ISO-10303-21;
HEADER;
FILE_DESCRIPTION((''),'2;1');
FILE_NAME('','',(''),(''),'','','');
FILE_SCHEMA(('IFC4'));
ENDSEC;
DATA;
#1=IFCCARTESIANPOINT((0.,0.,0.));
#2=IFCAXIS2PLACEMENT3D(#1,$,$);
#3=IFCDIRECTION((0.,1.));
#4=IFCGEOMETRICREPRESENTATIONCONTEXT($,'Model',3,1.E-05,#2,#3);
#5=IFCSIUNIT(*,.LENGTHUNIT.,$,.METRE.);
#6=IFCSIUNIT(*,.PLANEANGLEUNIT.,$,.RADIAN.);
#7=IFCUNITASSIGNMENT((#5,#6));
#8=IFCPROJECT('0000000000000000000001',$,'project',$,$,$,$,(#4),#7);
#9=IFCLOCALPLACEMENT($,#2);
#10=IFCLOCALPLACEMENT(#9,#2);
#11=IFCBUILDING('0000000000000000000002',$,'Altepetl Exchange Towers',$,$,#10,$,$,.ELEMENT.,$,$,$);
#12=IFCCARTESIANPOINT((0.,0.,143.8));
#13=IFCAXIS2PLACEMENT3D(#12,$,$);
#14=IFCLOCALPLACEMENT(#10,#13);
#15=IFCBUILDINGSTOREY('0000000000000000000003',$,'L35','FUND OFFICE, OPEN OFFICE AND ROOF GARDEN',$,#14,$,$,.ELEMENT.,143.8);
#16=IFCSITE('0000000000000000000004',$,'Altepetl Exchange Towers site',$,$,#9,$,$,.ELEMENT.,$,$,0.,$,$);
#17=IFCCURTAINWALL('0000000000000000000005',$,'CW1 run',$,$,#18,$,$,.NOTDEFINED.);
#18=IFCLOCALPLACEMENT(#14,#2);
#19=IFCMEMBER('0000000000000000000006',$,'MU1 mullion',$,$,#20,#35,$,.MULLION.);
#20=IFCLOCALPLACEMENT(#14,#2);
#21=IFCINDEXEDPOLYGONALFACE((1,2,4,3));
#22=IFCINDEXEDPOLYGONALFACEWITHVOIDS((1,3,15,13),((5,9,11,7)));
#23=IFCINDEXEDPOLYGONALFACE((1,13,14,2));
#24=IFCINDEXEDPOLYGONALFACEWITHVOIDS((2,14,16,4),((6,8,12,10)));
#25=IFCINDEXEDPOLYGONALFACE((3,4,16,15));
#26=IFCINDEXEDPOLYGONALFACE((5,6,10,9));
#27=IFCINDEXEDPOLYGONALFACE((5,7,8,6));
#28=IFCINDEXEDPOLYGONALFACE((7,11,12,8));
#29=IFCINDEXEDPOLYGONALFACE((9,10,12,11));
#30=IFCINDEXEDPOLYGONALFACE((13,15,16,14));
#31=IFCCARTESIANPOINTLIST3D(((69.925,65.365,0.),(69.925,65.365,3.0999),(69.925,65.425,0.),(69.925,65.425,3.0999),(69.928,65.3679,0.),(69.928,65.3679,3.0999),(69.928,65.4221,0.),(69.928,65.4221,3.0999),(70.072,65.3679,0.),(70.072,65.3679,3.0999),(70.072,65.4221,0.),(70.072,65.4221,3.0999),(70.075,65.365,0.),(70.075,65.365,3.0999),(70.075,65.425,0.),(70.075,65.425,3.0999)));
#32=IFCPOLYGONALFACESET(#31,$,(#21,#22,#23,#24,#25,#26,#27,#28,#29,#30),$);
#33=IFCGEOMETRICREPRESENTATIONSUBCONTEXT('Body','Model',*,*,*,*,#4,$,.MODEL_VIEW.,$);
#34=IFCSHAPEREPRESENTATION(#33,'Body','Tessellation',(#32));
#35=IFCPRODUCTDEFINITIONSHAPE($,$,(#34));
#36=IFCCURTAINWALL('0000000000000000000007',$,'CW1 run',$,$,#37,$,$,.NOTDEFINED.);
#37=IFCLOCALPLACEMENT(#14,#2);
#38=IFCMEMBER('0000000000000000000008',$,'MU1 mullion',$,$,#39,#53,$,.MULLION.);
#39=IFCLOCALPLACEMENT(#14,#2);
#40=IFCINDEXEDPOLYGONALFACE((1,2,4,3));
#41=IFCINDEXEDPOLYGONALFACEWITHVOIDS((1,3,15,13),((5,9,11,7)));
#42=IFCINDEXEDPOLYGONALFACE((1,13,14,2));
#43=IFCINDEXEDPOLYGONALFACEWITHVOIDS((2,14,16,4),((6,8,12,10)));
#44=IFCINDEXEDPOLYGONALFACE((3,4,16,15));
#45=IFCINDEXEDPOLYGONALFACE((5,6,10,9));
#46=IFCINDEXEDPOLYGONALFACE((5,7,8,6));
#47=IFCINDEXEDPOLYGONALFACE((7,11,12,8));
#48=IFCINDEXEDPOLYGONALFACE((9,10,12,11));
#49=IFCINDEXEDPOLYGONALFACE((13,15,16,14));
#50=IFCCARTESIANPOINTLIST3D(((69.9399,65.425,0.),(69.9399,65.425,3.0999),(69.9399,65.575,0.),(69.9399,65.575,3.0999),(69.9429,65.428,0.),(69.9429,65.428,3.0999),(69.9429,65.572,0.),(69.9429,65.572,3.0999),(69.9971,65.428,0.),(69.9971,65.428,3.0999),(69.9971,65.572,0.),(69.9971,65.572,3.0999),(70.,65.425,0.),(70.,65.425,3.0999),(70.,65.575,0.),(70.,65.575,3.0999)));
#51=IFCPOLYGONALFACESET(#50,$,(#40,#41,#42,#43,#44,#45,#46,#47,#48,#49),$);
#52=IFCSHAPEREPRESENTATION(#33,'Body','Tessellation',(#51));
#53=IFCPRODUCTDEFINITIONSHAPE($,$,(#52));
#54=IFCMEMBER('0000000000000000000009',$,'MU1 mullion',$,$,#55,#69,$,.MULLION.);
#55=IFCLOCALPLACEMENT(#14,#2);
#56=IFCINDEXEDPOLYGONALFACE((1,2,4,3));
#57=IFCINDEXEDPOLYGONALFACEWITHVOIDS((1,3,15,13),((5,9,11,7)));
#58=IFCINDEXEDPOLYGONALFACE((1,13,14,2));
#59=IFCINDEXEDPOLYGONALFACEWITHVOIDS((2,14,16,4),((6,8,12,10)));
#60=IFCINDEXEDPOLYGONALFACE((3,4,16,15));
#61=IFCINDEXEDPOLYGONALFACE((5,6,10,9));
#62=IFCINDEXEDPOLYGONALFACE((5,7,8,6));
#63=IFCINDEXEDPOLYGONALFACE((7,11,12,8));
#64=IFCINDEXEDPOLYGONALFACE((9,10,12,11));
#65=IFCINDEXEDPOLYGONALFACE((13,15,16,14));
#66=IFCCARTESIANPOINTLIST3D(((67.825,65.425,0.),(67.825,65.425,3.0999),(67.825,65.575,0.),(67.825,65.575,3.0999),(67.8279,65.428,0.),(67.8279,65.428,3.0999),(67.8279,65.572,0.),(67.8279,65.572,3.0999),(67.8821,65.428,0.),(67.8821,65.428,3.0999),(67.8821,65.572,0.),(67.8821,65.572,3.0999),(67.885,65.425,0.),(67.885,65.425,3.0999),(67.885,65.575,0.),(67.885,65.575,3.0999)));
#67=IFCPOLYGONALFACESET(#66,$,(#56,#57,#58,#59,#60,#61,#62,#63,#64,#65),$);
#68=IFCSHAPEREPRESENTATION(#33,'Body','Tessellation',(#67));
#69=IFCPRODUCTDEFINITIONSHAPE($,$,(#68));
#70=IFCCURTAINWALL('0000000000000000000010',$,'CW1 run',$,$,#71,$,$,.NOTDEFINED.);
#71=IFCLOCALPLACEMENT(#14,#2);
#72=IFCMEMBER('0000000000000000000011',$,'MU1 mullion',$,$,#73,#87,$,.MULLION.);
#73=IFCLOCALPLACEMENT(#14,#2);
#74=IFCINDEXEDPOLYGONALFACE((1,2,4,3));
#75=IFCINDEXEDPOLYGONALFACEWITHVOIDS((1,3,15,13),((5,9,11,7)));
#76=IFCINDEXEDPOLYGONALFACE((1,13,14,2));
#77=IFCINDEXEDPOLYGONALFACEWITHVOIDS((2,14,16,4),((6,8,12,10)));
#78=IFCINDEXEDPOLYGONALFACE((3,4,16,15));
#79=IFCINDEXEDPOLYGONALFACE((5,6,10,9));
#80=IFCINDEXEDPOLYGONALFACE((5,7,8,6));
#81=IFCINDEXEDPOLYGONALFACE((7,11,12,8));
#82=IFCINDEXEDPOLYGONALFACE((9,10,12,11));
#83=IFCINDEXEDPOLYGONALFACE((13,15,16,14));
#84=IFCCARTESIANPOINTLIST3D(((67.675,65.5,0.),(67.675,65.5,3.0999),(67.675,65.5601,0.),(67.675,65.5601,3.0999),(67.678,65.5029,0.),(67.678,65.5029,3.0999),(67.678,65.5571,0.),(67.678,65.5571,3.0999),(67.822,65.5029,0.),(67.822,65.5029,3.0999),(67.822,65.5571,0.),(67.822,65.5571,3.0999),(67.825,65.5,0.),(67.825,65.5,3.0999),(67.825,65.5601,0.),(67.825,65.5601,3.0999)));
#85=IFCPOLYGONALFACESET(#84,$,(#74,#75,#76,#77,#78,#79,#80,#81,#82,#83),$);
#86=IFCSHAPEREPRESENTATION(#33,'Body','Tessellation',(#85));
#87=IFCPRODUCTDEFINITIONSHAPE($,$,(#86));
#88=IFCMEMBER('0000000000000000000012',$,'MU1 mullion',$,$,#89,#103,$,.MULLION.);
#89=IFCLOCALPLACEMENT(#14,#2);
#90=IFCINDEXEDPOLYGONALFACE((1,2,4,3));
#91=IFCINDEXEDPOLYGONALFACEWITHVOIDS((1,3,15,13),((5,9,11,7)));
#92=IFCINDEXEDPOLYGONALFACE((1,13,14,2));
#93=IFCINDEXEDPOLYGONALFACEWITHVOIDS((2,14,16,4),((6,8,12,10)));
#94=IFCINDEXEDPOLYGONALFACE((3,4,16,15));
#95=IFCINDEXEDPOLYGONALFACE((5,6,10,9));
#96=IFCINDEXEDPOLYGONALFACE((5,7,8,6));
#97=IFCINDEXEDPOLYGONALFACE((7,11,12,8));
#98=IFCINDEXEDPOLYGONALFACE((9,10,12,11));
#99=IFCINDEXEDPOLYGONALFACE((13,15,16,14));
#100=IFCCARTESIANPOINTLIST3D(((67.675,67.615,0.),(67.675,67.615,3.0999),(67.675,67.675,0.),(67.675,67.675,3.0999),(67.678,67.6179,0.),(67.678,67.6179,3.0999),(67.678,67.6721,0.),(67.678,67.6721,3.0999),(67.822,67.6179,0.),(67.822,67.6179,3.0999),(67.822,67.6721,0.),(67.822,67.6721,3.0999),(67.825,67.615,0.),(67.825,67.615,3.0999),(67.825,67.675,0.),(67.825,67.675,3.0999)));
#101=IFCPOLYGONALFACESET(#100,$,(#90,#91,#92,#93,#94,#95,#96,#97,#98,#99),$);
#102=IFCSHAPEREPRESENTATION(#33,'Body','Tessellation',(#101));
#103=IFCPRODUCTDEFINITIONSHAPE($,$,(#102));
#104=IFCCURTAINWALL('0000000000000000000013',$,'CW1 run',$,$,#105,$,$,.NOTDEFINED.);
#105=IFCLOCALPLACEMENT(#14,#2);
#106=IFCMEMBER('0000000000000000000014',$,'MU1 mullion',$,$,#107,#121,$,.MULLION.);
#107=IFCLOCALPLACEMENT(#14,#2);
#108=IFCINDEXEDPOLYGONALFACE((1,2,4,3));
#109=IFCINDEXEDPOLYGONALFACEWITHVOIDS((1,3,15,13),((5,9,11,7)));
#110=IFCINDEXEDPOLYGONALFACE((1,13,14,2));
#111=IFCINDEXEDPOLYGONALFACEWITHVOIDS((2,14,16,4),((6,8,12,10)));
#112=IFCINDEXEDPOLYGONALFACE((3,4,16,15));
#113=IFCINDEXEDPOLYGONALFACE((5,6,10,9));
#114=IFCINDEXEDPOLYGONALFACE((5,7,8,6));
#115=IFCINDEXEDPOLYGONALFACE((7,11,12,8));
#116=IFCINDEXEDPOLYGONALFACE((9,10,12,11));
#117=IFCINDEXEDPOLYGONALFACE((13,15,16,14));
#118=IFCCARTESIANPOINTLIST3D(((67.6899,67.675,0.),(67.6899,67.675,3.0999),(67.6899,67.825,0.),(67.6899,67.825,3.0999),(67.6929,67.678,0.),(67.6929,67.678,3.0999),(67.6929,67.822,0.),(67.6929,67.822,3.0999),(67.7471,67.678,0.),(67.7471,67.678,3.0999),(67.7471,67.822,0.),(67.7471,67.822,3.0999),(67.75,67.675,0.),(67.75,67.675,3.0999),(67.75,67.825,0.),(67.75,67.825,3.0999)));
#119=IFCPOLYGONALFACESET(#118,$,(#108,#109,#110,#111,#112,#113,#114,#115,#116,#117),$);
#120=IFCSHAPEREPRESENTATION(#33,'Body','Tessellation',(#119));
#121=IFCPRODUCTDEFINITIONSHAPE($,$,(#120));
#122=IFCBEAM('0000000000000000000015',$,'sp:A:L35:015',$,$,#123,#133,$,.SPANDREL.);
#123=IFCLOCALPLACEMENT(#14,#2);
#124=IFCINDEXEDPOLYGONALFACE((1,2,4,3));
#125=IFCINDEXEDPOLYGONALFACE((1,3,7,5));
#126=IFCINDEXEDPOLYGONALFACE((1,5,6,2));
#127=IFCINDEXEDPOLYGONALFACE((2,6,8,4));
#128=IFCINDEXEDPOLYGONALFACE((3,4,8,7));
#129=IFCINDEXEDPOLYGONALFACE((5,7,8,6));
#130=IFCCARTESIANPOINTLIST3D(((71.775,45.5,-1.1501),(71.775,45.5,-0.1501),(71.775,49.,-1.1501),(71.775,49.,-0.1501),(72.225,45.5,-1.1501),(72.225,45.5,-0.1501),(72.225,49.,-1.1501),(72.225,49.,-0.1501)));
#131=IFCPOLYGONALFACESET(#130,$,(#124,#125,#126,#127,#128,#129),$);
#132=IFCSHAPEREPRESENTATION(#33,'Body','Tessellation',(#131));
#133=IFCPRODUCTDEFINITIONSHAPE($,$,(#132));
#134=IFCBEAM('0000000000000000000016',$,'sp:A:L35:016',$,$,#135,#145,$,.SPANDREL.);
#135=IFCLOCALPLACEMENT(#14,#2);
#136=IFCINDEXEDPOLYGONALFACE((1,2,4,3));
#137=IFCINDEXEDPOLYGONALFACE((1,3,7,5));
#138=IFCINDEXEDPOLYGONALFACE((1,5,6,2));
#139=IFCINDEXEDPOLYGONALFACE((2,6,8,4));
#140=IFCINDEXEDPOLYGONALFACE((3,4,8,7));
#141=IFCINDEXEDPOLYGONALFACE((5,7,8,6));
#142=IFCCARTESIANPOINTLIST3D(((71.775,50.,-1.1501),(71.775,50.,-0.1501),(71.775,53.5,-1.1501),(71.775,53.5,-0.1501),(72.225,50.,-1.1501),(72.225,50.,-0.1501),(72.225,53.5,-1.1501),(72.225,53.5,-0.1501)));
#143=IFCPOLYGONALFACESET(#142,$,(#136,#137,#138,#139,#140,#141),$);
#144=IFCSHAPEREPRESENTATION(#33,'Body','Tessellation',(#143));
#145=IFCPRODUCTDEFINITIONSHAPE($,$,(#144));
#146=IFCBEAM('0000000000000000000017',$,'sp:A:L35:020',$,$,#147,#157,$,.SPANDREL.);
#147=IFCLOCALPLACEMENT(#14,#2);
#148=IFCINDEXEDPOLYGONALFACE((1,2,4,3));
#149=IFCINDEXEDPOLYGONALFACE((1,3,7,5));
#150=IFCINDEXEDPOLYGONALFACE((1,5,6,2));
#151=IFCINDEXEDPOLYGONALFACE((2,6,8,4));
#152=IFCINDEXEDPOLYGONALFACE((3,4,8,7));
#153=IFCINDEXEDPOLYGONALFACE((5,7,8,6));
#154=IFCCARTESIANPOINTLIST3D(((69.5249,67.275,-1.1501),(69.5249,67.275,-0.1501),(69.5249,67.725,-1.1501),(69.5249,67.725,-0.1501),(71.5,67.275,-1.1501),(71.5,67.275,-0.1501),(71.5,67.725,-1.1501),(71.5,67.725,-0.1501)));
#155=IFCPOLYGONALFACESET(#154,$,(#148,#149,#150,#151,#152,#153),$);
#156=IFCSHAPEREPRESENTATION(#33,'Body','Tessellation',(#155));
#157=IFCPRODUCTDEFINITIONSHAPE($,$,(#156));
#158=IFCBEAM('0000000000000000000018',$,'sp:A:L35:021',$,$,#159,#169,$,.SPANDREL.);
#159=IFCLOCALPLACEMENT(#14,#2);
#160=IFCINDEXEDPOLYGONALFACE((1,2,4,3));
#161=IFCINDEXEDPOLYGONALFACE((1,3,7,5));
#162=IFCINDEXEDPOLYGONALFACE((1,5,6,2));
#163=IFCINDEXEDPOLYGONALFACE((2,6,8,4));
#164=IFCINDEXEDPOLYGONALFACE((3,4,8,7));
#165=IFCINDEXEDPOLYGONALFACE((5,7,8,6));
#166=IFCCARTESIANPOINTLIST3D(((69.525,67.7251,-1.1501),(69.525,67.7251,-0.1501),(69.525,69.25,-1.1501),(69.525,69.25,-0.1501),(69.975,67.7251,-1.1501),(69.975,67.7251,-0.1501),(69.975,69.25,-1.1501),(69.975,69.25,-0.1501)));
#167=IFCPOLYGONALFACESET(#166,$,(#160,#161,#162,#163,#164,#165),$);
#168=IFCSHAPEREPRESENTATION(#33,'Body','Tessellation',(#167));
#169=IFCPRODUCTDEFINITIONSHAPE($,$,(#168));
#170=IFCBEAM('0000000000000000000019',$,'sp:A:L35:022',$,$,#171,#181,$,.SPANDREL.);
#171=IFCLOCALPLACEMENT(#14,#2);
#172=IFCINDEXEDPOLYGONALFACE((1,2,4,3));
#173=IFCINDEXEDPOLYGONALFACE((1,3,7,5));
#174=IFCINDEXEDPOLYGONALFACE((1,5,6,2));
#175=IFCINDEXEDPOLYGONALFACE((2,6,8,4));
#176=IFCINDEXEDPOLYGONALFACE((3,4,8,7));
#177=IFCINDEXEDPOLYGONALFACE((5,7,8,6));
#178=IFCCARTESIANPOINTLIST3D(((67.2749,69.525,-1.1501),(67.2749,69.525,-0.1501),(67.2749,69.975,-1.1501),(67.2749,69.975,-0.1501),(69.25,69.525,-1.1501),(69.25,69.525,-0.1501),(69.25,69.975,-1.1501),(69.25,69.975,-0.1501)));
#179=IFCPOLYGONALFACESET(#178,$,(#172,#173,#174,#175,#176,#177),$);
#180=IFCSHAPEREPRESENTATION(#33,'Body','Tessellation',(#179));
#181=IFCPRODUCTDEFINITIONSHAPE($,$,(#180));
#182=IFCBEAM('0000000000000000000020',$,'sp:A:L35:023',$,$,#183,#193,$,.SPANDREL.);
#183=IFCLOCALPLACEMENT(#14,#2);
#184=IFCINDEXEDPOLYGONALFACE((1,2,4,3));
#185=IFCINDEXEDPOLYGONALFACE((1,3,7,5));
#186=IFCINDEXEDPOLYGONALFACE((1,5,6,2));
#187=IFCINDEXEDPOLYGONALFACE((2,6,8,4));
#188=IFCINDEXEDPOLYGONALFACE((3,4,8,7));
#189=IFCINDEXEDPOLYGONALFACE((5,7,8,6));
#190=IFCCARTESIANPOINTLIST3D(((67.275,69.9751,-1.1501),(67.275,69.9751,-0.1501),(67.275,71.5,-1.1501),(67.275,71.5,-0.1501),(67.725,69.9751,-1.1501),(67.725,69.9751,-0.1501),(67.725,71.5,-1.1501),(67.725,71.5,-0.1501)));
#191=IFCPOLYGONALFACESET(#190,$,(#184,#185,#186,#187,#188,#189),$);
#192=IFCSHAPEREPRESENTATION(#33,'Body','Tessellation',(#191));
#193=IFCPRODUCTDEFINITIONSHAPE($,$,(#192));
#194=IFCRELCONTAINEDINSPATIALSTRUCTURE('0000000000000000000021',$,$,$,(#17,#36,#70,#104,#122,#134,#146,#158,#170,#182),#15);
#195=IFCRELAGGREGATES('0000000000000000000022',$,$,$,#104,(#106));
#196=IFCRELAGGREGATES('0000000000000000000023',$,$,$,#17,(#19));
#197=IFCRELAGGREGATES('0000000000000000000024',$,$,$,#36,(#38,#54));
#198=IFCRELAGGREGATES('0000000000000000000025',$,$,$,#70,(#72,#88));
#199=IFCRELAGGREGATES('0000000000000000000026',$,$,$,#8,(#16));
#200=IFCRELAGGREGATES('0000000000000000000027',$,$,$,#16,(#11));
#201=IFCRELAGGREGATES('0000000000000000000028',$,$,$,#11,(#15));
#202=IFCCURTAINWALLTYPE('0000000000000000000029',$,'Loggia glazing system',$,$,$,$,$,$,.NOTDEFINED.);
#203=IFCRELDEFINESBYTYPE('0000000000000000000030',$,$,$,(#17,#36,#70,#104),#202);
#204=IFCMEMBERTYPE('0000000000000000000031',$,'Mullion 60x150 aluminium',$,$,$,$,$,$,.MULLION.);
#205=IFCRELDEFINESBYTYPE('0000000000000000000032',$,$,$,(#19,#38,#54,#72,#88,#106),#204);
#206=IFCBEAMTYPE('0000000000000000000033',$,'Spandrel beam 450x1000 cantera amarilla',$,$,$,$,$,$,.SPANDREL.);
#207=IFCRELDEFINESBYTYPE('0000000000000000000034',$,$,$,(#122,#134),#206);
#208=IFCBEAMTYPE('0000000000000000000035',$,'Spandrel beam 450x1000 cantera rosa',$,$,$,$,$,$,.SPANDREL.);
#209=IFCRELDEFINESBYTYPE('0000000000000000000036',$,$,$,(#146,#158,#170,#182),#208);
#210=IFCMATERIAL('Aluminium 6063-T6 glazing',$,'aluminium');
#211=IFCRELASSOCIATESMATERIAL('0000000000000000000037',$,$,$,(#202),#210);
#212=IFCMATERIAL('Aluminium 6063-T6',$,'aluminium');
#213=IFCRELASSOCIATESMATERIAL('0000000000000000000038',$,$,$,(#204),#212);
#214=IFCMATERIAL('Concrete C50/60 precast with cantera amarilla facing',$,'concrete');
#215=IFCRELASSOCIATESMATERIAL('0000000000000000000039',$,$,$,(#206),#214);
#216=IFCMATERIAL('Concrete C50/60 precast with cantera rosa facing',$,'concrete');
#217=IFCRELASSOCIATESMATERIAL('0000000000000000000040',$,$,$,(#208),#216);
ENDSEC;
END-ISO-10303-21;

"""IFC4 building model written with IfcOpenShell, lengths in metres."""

from ifc_helpers import new_model, si_unit, direction, frame, origin, origin_2d, place, context, subcontext, project, spatial, rectangle, hollow_rectangle, extrude, material, material_profile, profile_set, type_object, element, aggregate, save


model = new_model("IFC4")

# Units and contexts
model_context = context("Model", 3, precision=1e-05, world=origin(), true_north=direction((0.0, 1.0)))
body_context = subcontext(model_context, "Body", "Model", "MODEL_VIEW")
ifc_project = project(units=[si_unit("LENGTHUNIT", "METRE"), si_unit("PLANEANGLEUNIT", "RADIAN")], contexts=[model_context])

# Site, building, storey
site_placement = place(None, origin())
site = spatial("IfcSite", under=ifc_project, at=site_placement, Name="Altepetl Exchange Towers site", CompositionType="ELEMENT", RefElevation=0.0)
building_placement = place(site_placement, origin())
building = spatial("IfcBuilding", under=site, at=building_placement, Name="Altepetl Exchange Towers", CompositionType="ELEMENT")
storey_placement = place(building_placement, frame((0.0, 0.0, 143.8)))
storey = spatial("IfcBuildingStorey", under=building, at=storey_placement, Name="L35", Description="FUND OFFICE, OPEN OFFICE AND ROOF GARDEN", CompositionType="ELEMENT", Elevation=143.8)

# Curtain walls, members
ifc_material_1 = material(Name="Aluminium 6063-T6 glazing", Category="aluminium")
curtain_wall_type = type_object("IfcCurtainWallType", Name="Loggia glazing system", PredefinedType="NOTDEFINED", material=ifc_material_1)
ifc_material_2 = material(Name="Aluminium 6063-T6", Category="aluminium")
ifc_material_profile_1 = material_profile(ifc_material_2, hollow_rectangle(XDim=0.0601, YDim=0.1499, WallThickness=0.0029, at=origin_2d()), Name="Mullion 60x150 aluminium")
ifc_profile_set_1 = profile_set([ifc_material_profile_1], Name="Aluminium 6063-T6")
member_type = type_object("IfcMemberType", Name="Mullion 60x150 aluminium", PredefinedType="MULLION", material=ifc_profile_set_1)
curtain_wall_1_placement = place(storey_placement, origin())
curtain_wall_1 = element("IfcCurtainWall", 1, at=curtain_wall_1_placement, inside=storey, type_object=curtain_wall_type, Name="CW1 run", PredefinedType="NOTDEFINED")
member_1_placement = place(storey_placement, frame((70.0, 65.395, 0.0), z_axis=(0.0, 0.0, 1.0), x_axis=(0.0, 1.0, 0.0)))
member_1 = element("IfcMember", 2, at=member_1_placement, type_object=member_type, Name="MU1 mullion", PredefinedType="MULLION", context=body_context, shape_type="SweptSolid", body=[
    extrude(hollow_rectangle(XDim=0.0601, YDim=0.1499, WallThickness=0.0029, at=origin_2d()), origin(), (0.0, 0.0, 1.0), 3.0999),
])
curtain_wall_2_placement = place(storey_placement, origin())
curtain_wall_2 = element("IfcCurtainWall", 3, at=curtain_wall_2_placement, inside=storey, type_object=curtain_wall_type, Name="CW1 run", PredefinedType="NOTDEFINED")
member_2_placement = place(storey_placement, frame((69.97, 65.5, 0.0), z_axis=(0.0, 0.0, 1.0), x_axis=(-1.0, 0.0, 0.0)))
member_2 = element("IfcMember", 4, at=member_2_placement, type_object=member_type, Name="MU1 mullion", PredefinedType="MULLION", context=body_context, shape_type="SweptSolid", body=[
    extrude(hollow_rectangle(XDim=0.0601, YDim=0.1499, WallThickness=0.0029, at=origin_2d()), origin(), (0.0, 0.0, 1.0), 3.0999),
])
member_3_placement = place(storey_placement, frame((67.855, 65.5, 0.0), z_axis=(0.0, 0.0, 1.0), x_axis=(-1.0, 0.0, 0.0)))
member_3 = element("IfcMember", 5, at=member_3_placement, type_object=member_type, Name="MU1 mullion", PredefinedType="MULLION", context=body_context, shape_type="SweptSolid", body=[
    extrude(hollow_rectangle(XDim=0.0601, YDim=0.1499, WallThickness=0.0029, at=origin_2d()), origin(), (0.0, 0.0, 1.0), 3.0999),
])
curtain_wall_3_placement = place(storey_placement, origin())
curtain_wall_3 = element("IfcCurtainWall", 6, at=curtain_wall_3_placement, inside=storey, type_object=curtain_wall_type, Name="CW1 run", PredefinedType="NOTDEFINED")
member_4_placement = place(storey_placement, frame((67.75, 65.53, 0.0), z_axis=(0.0, 0.0, 1.0), x_axis=(0.0, 1.0, 0.0)))
member_4 = element("IfcMember", 7, at=member_4_placement, type_object=member_type, Name="MU1 mullion", PredefinedType="MULLION", context=body_context, shape_type="SweptSolid", body=[
    extrude(hollow_rectangle(XDim=0.0601, YDim=0.1499, WallThickness=0.0029, at=origin_2d()), origin(), (0.0, 0.0, 1.0), 3.0999),
])
member_5_placement = place(storey_placement, frame((67.75, 67.645, 0.0), z_axis=(0.0, 0.0, 1.0), x_axis=(0.0, 1.0, 0.0)))
member_5 = element("IfcMember", 8, at=member_5_placement, type_object=member_type, Name="MU1 mullion", PredefinedType="MULLION", context=body_context, shape_type="SweptSolid", body=[
    extrude(hollow_rectangle(XDim=0.0601, YDim=0.1499, WallThickness=0.0029, at=origin_2d()), origin(), (0.0, 0.0, 1.0), 3.0999),
])

# Curtain wall, member
curtain_wall_4_placement = place(storey_placement, origin())
curtain_wall_4 = element("IfcCurtainWall", 9, at=curtain_wall_4_placement, inside=storey, type_object=curtain_wall_type, Name="CW1 run", PredefinedType="NOTDEFINED")
member_6_placement = place(storey_placement, frame((67.72, 67.75, 0.0), z_axis=(0.0, 0.0, 1.0), x_axis=(-1.0, 0.0, 0.0)))
member_6 = element("IfcMember", 10, at=member_6_placement, type_object=member_type, Name="MU1 mullion", PredefinedType="MULLION", context=body_context, shape_type="SweptSolid", body=[
    extrude(hollow_rectangle(XDim=0.0601, YDim=0.1499, WallThickness=0.0029, at=origin_2d()), origin(), (0.0, 0.0, 1.0), 3.0999),
])
aggregate(curtain_wall_4, [member_6])

# Beams
ifc_material_3 = material(Name="Concrete C50/60 precast with cantera amarilla facing", Category="concrete")
ifc_material_profile_2 = material_profile(ifc_material_3, rectangle(XDim=0.45, YDim=1.0, at=origin_2d()), Name="450 x 1000")
ifc_profile_set_2 = profile_set([ifc_material_profile_2], Name="Concrete C50/60 precast with cantera amarilla facing")
beam_type_1 = type_object("IfcBeamType", Name="Spandrel beam 450x1000 cantera amarilla", PredefinedType="SPANDREL", material=ifc_profile_set_2)
for number, where, z_axis, x_axis, name in (
    (11, (72.0, 45.5, -0.6501), (0.0, 1.0, 0.0), (-1.0, 0.0, 0.0), "sp:A:L35:015"),
    (12, (72.0, 50.0, -0.6501), (0.0, 1.0, 0.0), (-1.0, 0.0, 0.0), "sp:A:L35:016"),
):
    element("IfcBeam", number, at=place(storey_placement, frame(where, z_axis=z_axis, x_axis=x_axis)), inside=storey, type_object=beam_type_1, Name=name, PredefinedType="SPANDREL", context=body_context, shape_type="SweptSolid", body=[
        extrude(rectangle(XDim=0.45, YDim=1.0, at=origin_2d()), origin(), (0.0, 0.0, 1.0), 3.5),
    ])
ifc_material_4 = material(Name="Concrete C50/60 precast with cantera rosa facing", Category="concrete")
ifc_material_profile_3 = material_profile(ifc_material_4, rectangle(XDim=0.45, YDim=1.0, at=origin_2d()), Name="450 x 1000")
ifc_profile_set_3 = profile_set([ifc_material_profile_3], Name="Concrete C50/60 precast with cantera rosa facing")
beam_type_2 = type_object("IfcBeamType", Name="Spandrel beam 450x1000 cantera rosa", PredefinedType="SPANDREL", material=ifc_profile_set_3)
beam_1_placement = place(storey_placement, frame((71.5, 67.5, -0.6501), z_axis=(-1.0, 0.0, 0.0), x_axis=(0.0, -1.0, 0.0)))
element("IfcBeam", 13, at=beam_1_placement, inside=storey, type_object=beam_type_2, Name="sp:A:L35:020", PredefinedType="SPANDREL", context=body_context, shape_type="SweptSolid", body=[
    extrude(rectangle(XDim=0.45, YDim=1.0, at=origin_2d()), origin(), (0.0, 0.0, 1.0), 1.9751),
])
beam_2_placement = place(storey_placement, frame((69.75, 67.7251, -0.6501), z_axis=(0.0, 1.0, 0.0), x_axis=(-1.0, 0.0, 0.0)))
element("IfcBeam", 14, at=beam_2_placement, inside=storey, type_object=beam_type_2, Name="sp:A:L35:021", PredefinedType="SPANDREL", context=body_context, shape_type="SweptSolid", body=[
    extrude(rectangle(XDim=0.45, YDim=1.0, at=origin_2d()), origin(), (0.0, 0.0, 1.0), 1.5249),
])
beam_3_placement = place(storey_placement, frame((69.25, 69.75, -0.6501), z_axis=(-1.0, 0.0, 0.0), x_axis=(0.0, -1.0, 0.0)))
element("IfcBeam", 15, at=beam_3_placement, inside=storey, type_object=beam_type_2, Name="sp:A:L35:022", PredefinedType="SPANDREL", context=body_context, shape_type="SweptSolid", body=[
    extrude(rectangle(XDim=0.45, YDim=1.0, at=origin_2d()), origin(), (0.0, 0.0, 1.0), 1.9751),
])
beam_4_placement = place(storey_placement, frame((67.5, 69.9751, -0.6501), z_axis=(0.0, 1.0, 0.0), x_axis=(-1.0, 0.0, 0.0)))
element("IfcBeam", 16, at=beam_4_placement, inside=storey, type_object=beam_type_2, Name="sp:A:L35:023", PredefinedType="SPANDREL", context=body_context, shape_type="SweptSolid", body=[
    extrude(rectangle(XDim=0.45, YDim=1.0, at=origin_2d()), origin(), (0.0, 0.0, 1.0), 1.5249),
])

aggregate(curtain_wall_1, [member_1])
aggregate(curtain_wall_2, [member_2, member_3])
aggregate(curtain_wall_3, [member_4, member_5])

save(model, "model.ifc")
